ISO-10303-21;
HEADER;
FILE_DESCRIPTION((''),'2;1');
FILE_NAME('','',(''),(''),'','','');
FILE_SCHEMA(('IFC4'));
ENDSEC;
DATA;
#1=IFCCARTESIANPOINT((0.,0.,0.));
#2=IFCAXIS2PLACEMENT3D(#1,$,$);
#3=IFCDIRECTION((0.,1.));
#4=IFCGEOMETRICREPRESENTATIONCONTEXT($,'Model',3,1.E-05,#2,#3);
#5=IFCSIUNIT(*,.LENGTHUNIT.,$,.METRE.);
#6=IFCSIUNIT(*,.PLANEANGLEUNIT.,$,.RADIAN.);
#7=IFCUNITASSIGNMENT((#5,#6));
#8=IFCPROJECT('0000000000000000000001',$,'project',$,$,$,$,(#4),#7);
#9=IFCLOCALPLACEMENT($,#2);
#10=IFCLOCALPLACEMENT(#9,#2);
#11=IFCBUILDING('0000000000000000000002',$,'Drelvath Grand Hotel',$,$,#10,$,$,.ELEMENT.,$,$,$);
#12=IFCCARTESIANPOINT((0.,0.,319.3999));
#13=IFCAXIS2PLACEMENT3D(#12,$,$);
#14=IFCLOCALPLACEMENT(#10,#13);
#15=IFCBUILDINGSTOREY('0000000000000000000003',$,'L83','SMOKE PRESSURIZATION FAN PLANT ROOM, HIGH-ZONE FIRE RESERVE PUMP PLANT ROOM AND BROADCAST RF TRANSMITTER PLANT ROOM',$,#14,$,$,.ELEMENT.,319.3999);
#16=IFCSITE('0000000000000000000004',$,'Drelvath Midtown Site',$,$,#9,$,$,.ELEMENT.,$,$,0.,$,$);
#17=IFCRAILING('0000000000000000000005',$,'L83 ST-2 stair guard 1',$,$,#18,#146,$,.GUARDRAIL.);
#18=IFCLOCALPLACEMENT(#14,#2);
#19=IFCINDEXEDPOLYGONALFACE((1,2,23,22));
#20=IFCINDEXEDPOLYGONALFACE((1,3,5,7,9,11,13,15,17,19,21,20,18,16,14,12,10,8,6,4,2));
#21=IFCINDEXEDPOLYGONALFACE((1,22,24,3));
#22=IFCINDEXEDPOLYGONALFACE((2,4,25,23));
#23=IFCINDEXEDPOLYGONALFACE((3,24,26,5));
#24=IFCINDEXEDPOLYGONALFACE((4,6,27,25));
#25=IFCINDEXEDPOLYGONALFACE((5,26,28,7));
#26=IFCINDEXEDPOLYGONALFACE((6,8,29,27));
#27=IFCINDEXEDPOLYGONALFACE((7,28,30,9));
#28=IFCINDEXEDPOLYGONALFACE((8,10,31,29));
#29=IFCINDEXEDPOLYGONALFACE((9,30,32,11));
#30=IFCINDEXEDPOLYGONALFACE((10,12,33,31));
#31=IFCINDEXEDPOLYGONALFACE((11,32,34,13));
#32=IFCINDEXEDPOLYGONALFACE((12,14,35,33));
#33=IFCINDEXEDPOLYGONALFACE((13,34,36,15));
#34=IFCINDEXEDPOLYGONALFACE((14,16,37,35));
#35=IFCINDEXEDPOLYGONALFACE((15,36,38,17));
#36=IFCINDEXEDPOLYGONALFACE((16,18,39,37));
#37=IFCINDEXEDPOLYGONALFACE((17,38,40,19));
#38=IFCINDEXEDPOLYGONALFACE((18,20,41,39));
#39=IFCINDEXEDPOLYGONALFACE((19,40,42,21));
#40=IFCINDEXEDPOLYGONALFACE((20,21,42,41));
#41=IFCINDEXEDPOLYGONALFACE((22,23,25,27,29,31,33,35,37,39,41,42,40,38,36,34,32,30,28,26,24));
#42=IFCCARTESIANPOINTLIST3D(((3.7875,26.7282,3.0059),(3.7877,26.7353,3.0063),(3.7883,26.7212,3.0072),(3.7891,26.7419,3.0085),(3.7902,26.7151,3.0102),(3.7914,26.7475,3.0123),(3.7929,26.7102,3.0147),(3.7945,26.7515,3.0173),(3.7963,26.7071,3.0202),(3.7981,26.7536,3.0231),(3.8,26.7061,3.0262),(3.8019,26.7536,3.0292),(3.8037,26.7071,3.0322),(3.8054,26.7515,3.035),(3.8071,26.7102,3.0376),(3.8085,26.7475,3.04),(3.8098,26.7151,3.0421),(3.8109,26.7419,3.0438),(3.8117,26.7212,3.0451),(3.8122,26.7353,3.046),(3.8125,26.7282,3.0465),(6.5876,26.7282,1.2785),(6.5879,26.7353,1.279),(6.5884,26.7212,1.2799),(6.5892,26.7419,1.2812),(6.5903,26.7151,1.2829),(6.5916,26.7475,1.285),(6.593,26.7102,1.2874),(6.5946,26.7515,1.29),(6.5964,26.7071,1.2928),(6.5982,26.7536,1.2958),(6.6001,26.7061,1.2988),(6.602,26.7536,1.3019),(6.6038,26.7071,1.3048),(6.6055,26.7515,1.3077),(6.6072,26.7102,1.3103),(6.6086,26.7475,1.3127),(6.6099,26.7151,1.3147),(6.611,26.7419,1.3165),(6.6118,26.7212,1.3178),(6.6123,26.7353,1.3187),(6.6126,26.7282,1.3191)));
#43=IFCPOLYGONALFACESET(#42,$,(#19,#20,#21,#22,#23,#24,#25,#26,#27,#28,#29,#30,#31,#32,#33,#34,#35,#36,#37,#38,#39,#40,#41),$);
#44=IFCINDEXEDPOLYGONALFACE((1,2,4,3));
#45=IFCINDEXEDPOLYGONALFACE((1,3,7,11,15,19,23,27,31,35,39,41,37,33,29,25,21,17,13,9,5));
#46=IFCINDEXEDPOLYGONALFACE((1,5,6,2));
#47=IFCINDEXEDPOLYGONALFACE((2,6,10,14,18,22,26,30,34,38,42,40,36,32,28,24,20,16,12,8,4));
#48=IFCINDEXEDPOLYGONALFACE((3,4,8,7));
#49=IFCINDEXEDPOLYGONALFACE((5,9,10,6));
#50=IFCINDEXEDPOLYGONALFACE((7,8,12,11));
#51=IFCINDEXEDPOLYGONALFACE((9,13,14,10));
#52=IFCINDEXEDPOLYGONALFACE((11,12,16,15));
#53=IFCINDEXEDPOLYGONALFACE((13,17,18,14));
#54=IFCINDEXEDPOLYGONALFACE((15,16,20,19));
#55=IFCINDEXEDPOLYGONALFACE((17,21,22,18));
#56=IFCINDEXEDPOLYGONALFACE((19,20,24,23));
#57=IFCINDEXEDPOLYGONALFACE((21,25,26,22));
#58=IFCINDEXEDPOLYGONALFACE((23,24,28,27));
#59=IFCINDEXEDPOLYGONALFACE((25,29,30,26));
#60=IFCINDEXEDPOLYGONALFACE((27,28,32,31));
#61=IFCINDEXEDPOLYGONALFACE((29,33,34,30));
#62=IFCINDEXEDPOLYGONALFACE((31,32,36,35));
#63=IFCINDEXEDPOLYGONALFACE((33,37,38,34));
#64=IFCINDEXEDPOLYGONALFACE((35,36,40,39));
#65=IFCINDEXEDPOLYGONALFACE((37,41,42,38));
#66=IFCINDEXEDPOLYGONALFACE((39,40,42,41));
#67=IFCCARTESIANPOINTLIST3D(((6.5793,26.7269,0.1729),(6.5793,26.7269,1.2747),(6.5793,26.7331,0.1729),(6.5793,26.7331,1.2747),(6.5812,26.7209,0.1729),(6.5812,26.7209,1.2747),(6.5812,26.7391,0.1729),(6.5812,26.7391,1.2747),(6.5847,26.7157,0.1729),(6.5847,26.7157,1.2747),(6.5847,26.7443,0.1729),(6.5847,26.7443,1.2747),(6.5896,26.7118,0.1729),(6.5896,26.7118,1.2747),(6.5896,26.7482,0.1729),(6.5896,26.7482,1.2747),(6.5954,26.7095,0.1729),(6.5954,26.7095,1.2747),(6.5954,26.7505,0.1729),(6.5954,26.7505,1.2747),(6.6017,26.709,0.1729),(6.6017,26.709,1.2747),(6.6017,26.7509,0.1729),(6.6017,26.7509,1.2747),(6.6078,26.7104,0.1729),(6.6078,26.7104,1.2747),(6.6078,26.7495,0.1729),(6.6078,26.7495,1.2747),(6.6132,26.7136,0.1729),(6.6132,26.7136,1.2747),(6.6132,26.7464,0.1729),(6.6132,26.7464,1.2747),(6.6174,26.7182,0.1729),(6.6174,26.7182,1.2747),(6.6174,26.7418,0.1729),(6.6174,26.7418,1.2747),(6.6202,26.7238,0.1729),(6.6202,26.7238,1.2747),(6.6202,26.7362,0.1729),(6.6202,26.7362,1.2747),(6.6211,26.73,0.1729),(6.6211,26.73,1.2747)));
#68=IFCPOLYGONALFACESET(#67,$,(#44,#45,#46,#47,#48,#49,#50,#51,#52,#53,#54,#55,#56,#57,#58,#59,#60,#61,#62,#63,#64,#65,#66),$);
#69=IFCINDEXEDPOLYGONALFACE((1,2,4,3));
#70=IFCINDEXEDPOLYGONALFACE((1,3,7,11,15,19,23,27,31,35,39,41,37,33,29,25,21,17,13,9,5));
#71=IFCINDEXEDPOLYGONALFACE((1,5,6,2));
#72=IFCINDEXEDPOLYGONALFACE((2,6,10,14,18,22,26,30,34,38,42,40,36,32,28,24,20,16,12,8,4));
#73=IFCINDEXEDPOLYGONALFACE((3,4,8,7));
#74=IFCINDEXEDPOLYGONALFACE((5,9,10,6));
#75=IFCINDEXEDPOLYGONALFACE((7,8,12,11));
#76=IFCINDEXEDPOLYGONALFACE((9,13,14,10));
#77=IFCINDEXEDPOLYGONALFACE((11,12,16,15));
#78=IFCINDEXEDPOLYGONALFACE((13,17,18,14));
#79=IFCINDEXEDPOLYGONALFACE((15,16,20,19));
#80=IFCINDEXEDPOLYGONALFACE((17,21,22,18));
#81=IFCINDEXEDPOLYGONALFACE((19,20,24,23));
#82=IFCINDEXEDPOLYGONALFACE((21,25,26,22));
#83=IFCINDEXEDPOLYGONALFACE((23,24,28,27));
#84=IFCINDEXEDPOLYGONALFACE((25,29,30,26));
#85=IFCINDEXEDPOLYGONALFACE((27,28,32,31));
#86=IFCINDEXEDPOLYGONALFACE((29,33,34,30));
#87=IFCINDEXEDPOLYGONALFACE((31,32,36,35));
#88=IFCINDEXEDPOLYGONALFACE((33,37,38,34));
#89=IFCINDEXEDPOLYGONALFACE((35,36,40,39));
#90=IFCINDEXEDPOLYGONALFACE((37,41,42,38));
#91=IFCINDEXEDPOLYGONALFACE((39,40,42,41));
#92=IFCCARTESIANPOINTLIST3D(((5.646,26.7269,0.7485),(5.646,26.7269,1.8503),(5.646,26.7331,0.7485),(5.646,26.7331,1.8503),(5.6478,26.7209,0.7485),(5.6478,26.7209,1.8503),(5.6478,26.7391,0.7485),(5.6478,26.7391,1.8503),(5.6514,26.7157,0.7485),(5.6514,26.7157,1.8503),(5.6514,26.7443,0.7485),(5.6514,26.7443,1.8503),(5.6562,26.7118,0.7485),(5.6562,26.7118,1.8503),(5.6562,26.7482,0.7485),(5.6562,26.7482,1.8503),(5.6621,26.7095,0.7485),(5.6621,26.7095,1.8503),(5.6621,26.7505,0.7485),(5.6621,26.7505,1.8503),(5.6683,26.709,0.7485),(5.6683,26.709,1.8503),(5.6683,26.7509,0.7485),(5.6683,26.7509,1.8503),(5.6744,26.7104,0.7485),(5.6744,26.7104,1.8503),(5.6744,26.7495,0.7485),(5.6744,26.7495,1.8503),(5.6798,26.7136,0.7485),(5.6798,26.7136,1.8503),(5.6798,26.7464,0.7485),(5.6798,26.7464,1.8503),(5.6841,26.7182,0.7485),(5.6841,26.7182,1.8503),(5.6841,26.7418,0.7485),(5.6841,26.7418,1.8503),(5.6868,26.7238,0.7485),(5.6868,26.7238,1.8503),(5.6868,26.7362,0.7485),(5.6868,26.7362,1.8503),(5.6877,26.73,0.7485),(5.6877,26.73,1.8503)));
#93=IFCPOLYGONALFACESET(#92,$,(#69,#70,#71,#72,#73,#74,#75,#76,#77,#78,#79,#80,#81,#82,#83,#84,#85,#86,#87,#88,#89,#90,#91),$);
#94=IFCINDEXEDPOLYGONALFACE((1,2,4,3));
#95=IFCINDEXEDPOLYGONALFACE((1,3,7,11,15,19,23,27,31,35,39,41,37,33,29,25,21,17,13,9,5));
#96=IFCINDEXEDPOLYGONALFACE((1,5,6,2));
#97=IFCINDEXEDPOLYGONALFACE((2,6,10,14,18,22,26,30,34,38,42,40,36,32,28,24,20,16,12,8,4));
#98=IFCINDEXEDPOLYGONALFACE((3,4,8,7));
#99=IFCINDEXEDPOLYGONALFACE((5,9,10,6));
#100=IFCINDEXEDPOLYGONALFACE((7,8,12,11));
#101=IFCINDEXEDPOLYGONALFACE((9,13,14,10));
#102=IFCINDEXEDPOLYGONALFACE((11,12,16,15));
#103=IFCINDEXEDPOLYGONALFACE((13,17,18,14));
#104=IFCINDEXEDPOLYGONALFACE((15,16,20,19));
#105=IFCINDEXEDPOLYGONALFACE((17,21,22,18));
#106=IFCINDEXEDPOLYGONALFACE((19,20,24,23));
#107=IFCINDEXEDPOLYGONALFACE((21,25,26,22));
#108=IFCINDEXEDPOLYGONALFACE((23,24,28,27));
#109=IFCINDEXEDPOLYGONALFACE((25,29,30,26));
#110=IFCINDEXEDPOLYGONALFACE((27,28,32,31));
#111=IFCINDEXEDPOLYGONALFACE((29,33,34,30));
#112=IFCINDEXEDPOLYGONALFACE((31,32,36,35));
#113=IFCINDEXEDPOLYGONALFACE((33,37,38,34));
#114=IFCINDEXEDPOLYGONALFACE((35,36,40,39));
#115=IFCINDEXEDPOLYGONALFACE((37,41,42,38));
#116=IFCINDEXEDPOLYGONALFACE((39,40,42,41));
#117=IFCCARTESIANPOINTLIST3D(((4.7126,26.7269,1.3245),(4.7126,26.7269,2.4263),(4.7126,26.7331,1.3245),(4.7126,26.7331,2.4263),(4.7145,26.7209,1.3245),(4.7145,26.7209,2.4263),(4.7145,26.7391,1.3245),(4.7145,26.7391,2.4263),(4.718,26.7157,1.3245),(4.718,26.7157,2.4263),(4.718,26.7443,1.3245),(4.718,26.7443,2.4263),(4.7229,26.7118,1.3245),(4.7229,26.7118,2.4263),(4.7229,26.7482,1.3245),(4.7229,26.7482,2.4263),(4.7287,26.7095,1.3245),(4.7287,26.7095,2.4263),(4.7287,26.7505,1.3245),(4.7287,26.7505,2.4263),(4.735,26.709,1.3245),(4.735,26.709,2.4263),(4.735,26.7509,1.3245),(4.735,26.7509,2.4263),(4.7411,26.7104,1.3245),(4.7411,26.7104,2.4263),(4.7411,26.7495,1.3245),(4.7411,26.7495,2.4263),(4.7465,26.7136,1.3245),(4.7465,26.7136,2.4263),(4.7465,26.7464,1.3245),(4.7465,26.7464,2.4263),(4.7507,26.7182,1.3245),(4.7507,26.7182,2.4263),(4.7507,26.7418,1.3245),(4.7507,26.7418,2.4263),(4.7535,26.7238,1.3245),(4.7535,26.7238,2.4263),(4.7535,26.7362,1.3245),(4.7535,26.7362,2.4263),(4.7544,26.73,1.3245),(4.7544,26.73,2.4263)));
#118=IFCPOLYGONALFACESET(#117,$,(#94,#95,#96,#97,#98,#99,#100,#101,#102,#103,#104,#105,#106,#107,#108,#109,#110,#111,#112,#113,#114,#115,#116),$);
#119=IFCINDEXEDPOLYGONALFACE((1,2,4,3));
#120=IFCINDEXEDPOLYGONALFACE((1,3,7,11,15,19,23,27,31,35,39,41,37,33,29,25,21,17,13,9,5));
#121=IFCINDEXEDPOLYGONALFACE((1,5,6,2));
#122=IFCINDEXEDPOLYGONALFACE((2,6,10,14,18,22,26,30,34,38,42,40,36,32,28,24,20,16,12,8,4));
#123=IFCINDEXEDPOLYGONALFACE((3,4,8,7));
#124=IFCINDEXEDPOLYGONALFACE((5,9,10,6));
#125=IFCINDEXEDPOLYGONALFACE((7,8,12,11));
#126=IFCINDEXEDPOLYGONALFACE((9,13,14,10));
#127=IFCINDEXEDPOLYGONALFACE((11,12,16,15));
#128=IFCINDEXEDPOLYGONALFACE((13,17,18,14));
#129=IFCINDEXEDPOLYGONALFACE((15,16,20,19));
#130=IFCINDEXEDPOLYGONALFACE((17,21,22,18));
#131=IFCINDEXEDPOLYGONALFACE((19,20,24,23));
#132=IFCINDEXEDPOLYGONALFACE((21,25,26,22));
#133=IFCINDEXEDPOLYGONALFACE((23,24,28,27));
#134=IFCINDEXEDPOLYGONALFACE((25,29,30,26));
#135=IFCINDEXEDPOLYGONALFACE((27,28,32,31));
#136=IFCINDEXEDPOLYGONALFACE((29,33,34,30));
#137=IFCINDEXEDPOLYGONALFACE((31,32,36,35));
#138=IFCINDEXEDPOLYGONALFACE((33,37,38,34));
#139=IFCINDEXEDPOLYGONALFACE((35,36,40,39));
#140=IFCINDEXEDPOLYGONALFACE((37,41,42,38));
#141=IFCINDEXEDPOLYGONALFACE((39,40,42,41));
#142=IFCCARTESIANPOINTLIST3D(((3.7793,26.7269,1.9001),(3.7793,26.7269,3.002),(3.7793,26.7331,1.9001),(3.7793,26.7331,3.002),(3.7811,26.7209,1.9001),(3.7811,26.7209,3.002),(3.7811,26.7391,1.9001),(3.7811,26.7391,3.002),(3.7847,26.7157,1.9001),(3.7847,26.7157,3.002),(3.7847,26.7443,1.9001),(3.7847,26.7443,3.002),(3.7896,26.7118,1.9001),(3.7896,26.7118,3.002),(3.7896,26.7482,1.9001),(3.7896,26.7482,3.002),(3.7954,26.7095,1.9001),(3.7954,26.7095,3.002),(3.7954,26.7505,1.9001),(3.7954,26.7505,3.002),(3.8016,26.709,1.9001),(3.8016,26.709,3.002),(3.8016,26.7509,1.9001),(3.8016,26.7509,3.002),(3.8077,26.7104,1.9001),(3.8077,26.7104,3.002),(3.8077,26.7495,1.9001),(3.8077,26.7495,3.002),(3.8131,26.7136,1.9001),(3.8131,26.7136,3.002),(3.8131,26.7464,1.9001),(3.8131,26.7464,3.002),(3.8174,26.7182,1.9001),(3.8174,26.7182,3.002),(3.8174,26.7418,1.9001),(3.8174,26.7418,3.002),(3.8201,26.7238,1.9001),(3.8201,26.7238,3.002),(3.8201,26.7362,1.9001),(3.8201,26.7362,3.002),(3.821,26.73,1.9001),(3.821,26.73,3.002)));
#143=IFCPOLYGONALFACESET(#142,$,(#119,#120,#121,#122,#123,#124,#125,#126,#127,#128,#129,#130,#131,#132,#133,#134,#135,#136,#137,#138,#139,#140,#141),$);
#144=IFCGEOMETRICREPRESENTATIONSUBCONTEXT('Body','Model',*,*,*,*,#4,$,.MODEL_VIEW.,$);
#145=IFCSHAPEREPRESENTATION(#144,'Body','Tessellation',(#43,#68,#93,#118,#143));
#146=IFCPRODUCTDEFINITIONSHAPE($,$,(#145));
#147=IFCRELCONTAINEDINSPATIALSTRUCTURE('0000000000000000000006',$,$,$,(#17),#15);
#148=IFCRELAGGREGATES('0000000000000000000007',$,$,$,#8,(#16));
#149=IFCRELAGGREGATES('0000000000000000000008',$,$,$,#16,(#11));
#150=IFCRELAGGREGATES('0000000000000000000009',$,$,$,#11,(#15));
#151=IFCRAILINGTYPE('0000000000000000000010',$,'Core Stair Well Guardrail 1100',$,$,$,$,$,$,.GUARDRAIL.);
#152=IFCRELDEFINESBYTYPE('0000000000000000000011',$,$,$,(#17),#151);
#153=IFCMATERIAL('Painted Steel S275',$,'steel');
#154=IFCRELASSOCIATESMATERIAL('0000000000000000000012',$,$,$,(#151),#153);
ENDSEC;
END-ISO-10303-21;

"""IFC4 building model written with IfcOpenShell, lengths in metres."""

from ifc_helpers import new_model, si_unit, direction, frame, origin, origin_2d, place, context, subcontext, project, spatial, circle, extrude, material, type_object, element, save


model = new_model("IFC4")

# Units and contexts
model_context = context("Model", 3, precision=1e-05, world=origin(), true_north=direction((0.0, 1.0)))
body_context = subcontext(model_context, "Body", "Model", "MODEL_VIEW")
ifc_project = project(units=[si_unit("LENGTHUNIT", "METRE"), si_unit("PLANEANGLEUNIT", "RADIAN")], contexts=[model_context])

# Site, building, storey
site_placement = place(None, origin())
site = spatial("IfcSite", under=ifc_project, at=site_placement, Name="Drelvath Midtown Site", CompositionType="ELEMENT", RefElevation=0.0)
building_placement = place(site_placement, origin())
building = spatial("IfcBuilding", under=site, at=building_placement, Name="Drelvath Grand Hotel", CompositionType="ELEMENT")
storey_placement = place(building_placement, frame((0.0, 0.0, 319.3999)))
storey = spatial("IfcBuildingStorey", under=building, at=storey_placement, Name="L83", Description="SMOKE PRESSURIZATION FAN PLANT ROOM, HIGH-ZONE FIRE RESERVE PUMP PLANT ROOM AND BROADCAST RF TRANSMITTER PLANT ROOM", CompositionType="ELEMENT", Elevation=319.3999)

# Shared definitions
ifc_material_1 = material(Name="Painted Steel S275", Category="steel")

# Railing
railing_type_1 = type_object("IfcRailingType", Name="Core Stair Well Guardrail 1100", PredefinedType="GUARDRAIL", material=ifc_material_1)
railing_1_placement = place(storey_placement, frame((6.6001, 26.73, 0.1729)))
element("IfcRailing", 1, at=railing_1_placement, inside=storey, type_object=railing_type_1, Name="L83 ST-2 stair guard 1", PredefinedType="GUARDRAIL", context=body_context, shape_type="SweptSolid", body=[
    extrude(circle(Radius=0.0239, at=origin_2d()), frame((0.0, 0.0, 1.126), z_axis=(-0.85109, 0.0, 0.52502), x_axis=(0.0, -1.0, 0.0)), (0.0, 0.0, 1.0), 3.29),
    extrude(circle(Radius=0.021, at=origin_2d()), origin(), (0.0, 0.0, 1.0), 1.1018),
    extrude(circle(Radius=0.021, at=origin_2d()), frame((-0.9333, 0.0, 0.5757)), (0.0, 0.0, 1.0), 1.1018),
    extrude(circle(Radius=0.021, at=origin_2d()), frame((-1.8667, 0.0, 1.1516)), (0.0, 0.0, 1.0), 1.1018),
    extrude(circle(Radius=0.021, at=origin_2d()), frame((-2.8, 0.0, 1.7273)), (0.0, 0.0, 1.0), 1.1018),
])

save(model, "model.ifc")
